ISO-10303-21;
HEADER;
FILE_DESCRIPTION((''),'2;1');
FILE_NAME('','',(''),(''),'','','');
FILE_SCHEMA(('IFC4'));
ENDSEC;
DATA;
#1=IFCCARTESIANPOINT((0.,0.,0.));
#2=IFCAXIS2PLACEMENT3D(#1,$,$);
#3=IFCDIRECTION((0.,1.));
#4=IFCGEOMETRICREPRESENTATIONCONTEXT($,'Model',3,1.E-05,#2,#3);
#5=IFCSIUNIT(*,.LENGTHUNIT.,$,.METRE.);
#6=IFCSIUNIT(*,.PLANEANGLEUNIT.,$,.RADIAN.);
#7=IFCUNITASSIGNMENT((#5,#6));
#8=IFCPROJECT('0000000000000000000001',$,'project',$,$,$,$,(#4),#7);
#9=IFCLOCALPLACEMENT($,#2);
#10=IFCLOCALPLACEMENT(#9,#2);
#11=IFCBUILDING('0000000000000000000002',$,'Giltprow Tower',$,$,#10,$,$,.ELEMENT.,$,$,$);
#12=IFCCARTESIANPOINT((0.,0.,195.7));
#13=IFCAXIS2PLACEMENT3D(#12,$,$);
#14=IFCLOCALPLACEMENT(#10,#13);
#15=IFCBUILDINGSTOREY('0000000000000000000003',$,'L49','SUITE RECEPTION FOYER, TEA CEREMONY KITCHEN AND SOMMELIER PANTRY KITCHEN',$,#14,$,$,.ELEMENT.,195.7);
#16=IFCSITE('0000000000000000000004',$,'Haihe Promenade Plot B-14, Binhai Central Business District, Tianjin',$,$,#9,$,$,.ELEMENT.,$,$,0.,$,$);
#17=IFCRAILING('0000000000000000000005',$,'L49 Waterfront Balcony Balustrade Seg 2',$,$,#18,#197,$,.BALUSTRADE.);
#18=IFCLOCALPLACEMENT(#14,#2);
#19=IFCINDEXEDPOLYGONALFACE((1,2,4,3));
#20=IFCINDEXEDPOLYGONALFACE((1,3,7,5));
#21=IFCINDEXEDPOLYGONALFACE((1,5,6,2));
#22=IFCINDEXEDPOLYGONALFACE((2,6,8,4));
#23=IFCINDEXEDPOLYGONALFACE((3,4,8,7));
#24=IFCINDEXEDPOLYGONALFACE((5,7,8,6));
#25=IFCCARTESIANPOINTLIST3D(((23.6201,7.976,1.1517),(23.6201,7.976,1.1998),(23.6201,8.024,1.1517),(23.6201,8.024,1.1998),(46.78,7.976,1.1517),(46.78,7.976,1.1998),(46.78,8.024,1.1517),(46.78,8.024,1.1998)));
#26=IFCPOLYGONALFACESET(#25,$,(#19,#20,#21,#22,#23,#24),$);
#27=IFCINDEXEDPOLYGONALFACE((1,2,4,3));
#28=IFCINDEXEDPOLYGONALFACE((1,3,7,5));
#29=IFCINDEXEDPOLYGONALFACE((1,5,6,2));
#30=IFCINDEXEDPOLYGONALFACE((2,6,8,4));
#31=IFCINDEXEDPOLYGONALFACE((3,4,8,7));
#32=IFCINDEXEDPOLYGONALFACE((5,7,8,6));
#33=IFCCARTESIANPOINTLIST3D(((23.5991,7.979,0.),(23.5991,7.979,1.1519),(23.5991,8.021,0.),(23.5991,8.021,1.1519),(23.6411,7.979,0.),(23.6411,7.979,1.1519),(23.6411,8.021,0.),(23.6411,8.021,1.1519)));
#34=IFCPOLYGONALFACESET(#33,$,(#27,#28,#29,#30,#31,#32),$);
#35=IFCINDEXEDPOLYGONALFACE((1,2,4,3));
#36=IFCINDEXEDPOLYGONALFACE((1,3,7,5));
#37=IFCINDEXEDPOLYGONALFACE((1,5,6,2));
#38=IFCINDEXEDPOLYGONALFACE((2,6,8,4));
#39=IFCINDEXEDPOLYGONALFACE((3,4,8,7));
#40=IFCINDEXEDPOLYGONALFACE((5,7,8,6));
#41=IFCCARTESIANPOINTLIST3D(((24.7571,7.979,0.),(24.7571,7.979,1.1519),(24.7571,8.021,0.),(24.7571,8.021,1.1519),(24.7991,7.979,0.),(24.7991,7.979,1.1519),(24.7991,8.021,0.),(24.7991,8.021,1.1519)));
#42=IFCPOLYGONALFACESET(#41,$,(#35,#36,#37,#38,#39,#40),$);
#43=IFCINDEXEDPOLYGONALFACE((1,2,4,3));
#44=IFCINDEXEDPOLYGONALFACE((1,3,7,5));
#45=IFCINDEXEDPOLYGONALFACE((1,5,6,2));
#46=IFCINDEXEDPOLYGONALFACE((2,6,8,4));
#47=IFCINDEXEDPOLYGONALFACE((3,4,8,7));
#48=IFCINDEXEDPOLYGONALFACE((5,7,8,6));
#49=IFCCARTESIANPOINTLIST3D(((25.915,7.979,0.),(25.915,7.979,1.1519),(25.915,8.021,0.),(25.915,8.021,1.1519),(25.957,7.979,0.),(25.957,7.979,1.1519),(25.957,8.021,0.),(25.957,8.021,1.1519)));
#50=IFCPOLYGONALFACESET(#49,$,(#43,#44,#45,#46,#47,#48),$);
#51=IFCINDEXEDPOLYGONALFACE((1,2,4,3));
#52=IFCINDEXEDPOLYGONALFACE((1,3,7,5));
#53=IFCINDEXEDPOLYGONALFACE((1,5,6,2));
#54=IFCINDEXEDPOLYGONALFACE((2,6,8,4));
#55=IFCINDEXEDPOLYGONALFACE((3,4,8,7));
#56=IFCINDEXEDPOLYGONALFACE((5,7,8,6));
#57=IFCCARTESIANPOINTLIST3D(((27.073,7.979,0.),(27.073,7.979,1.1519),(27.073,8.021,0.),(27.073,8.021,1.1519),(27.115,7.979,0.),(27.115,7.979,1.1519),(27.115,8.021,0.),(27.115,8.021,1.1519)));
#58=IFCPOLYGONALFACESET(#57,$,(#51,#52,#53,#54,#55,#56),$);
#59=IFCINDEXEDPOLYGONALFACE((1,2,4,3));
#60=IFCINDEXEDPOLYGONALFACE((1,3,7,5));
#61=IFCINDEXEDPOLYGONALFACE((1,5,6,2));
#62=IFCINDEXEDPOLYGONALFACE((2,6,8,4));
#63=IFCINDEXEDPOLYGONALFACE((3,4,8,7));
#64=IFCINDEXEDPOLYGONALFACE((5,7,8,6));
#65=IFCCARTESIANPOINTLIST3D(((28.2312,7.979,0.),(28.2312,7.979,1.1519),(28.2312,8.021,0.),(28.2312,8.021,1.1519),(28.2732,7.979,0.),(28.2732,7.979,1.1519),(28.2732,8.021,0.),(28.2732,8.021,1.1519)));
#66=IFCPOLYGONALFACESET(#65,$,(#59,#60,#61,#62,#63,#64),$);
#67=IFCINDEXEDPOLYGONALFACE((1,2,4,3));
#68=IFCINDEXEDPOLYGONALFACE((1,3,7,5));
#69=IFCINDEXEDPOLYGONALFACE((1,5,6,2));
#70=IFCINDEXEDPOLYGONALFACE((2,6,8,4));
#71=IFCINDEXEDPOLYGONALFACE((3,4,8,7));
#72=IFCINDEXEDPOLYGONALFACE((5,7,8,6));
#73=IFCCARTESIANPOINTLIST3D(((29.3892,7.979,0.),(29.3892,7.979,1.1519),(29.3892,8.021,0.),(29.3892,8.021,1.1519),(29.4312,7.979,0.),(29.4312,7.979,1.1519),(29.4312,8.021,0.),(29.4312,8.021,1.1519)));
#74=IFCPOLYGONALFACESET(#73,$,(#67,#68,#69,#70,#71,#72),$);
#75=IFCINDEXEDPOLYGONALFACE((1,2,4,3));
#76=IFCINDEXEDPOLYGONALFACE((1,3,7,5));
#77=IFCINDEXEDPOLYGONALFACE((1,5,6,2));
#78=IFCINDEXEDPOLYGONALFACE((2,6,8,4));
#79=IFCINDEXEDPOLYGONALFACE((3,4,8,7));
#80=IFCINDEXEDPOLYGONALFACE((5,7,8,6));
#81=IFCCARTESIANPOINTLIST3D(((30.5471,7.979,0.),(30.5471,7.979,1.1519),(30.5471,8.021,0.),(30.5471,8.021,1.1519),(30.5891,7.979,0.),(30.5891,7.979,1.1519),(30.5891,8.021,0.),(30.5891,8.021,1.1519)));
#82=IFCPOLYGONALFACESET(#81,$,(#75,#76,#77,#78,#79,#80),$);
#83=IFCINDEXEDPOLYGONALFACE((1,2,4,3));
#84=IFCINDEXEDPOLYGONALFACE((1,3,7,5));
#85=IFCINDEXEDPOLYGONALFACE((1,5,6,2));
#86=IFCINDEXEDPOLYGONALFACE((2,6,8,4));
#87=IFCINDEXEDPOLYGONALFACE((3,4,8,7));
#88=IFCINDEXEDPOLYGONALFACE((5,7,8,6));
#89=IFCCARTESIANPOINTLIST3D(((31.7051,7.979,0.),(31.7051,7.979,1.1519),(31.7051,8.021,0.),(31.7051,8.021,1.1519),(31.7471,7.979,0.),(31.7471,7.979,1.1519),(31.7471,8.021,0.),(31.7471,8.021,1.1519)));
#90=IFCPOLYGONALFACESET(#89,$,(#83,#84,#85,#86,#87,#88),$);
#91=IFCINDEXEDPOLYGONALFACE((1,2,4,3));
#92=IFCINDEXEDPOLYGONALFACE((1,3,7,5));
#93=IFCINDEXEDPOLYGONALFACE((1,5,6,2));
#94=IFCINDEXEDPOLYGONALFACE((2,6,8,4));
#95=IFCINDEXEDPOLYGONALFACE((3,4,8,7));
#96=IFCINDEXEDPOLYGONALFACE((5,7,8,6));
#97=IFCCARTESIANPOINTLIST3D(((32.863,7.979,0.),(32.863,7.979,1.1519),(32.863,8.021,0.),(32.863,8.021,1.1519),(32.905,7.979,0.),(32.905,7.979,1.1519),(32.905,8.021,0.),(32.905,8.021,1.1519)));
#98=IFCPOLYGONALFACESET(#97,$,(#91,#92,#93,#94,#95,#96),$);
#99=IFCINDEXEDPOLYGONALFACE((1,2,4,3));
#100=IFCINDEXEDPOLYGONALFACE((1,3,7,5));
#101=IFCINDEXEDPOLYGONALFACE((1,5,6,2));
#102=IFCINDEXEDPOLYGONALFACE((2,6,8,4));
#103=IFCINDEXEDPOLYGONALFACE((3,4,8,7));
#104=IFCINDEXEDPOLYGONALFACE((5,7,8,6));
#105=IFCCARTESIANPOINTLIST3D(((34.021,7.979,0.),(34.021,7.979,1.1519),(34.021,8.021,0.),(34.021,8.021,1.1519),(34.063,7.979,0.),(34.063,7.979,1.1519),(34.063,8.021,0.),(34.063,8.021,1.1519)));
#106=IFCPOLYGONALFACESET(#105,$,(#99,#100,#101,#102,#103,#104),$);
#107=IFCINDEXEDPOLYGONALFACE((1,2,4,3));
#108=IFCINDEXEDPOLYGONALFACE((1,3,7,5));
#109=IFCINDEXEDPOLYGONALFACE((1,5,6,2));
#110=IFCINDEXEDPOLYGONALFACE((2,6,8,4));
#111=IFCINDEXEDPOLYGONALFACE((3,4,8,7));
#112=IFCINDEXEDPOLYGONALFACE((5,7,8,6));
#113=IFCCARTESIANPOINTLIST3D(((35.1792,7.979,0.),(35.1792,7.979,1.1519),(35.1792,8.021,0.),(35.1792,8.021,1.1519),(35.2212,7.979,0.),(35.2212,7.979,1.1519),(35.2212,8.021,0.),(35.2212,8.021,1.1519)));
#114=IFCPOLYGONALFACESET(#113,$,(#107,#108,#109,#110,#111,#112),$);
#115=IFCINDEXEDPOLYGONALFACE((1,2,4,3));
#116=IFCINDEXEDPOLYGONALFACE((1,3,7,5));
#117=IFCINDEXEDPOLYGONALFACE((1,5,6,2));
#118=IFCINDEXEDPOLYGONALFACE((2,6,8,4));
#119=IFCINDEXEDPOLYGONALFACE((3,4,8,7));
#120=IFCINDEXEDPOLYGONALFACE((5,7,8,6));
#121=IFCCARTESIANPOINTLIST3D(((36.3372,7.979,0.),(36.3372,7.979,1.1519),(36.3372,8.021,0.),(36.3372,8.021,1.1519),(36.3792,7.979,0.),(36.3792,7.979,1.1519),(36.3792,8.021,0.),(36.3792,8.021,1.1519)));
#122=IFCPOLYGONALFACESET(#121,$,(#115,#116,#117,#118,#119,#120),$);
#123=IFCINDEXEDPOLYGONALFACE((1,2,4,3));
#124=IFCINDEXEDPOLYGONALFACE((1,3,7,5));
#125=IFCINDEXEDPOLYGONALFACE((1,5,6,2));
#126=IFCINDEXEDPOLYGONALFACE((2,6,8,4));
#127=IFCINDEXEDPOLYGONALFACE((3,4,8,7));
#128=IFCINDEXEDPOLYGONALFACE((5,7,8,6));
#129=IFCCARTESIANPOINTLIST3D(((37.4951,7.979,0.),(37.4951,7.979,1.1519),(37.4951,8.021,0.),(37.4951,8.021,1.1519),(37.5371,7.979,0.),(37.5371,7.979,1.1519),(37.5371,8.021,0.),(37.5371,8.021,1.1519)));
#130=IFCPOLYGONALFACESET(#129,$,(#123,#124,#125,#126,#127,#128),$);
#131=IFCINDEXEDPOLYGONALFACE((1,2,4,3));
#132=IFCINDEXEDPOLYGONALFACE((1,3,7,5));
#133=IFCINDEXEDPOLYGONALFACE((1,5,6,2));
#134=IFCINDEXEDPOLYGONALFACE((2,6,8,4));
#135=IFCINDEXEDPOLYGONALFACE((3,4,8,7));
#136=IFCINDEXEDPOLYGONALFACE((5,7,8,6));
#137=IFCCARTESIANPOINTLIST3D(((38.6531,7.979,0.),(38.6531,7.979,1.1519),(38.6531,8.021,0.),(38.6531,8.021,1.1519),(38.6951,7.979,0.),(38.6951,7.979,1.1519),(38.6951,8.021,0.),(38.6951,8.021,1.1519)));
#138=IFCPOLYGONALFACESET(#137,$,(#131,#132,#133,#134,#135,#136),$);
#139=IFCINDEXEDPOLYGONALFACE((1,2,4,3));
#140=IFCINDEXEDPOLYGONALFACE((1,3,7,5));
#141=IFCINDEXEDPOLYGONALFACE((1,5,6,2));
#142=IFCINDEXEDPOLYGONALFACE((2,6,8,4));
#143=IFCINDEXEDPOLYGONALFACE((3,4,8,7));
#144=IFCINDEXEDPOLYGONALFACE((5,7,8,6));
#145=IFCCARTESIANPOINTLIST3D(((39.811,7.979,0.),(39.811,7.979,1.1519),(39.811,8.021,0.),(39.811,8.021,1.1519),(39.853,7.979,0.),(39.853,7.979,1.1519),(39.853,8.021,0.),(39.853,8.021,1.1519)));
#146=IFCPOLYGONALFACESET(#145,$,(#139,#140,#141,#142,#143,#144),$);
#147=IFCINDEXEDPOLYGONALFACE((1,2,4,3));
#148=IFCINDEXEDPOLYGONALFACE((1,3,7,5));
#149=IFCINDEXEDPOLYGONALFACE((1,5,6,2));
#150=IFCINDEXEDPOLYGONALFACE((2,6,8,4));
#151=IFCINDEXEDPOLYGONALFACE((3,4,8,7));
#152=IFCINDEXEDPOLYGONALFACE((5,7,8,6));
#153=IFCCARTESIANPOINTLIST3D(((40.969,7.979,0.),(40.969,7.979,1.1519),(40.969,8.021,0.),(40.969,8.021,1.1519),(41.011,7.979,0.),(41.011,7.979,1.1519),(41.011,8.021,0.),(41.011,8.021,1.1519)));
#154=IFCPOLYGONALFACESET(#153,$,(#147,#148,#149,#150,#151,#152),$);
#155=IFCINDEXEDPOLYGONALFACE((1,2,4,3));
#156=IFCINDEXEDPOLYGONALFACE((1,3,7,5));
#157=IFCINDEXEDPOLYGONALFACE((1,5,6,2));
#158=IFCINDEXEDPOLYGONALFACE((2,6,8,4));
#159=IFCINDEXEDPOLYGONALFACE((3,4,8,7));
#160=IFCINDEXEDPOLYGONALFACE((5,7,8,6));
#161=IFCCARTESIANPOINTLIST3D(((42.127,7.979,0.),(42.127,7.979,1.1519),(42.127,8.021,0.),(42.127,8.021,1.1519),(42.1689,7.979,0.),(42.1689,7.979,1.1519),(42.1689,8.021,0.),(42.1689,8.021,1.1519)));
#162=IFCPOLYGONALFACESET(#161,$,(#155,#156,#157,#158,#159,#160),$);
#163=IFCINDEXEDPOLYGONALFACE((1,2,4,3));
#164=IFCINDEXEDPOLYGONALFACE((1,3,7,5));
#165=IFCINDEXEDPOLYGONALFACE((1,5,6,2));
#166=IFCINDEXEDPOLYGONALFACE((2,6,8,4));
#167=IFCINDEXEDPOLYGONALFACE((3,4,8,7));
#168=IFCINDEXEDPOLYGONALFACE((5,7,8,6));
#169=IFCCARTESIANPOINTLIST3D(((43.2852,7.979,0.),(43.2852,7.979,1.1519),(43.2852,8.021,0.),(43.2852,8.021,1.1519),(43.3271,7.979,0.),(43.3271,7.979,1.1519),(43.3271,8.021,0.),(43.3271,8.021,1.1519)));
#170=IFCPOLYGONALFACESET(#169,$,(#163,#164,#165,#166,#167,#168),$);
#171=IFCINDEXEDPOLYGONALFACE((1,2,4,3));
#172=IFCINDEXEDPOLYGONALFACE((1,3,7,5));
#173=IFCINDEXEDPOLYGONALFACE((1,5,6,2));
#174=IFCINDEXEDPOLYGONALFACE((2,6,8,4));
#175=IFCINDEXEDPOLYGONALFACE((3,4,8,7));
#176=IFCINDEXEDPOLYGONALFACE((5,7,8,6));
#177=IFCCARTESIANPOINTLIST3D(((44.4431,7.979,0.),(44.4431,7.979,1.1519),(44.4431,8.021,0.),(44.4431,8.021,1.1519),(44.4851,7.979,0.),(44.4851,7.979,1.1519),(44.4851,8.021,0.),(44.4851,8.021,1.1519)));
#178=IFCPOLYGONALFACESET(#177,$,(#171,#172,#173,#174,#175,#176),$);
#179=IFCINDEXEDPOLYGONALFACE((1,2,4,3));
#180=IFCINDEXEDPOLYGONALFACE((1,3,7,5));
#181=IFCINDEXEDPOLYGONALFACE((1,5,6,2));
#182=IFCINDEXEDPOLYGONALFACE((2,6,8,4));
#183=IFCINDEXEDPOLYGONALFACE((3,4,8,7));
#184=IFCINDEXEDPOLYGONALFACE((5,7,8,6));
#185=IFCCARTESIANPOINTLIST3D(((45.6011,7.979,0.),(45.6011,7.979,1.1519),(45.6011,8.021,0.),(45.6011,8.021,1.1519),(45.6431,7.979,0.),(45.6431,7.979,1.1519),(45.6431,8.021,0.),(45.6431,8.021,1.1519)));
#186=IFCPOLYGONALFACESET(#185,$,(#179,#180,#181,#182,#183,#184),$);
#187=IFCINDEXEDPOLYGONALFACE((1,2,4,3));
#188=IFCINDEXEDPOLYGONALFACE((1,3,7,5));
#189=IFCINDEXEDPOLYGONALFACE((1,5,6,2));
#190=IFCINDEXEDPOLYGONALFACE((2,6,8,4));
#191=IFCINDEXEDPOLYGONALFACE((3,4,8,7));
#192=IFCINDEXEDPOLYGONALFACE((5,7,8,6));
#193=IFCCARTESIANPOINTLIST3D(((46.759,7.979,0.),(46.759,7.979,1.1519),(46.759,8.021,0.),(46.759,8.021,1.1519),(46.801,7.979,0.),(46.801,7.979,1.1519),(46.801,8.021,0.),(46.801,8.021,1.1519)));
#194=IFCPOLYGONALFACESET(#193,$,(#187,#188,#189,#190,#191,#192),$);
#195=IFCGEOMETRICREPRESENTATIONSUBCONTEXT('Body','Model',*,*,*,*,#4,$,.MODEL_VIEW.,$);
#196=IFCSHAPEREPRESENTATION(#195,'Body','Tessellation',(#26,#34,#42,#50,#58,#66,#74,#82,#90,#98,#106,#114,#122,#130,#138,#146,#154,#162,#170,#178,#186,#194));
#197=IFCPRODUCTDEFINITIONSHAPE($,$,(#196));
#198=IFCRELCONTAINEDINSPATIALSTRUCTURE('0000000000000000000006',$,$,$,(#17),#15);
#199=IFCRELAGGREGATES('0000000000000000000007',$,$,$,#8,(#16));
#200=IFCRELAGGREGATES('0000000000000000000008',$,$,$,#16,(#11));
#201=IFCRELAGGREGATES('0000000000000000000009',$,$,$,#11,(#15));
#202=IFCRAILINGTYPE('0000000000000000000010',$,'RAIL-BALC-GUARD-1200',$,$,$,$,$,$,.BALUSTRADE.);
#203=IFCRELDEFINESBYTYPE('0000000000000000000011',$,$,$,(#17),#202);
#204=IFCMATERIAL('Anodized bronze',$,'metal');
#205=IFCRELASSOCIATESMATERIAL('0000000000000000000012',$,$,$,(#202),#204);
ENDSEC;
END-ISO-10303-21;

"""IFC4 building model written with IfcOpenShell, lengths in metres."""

from ifc_helpers import new_model, si_unit, direction, frame, origin, origin_2d, place, context, subcontext, project, spatial, rectangle, extrude, material, type_object, element, save


model = new_model("IFC4")

# Units and contexts
model_context = context("Model", 3, precision=1e-05, world=origin(), true_north=direction((0.0, 1.0)))
body_context = subcontext(model_context, "Body", "Model", "MODEL_VIEW")
ifc_project = project(units=[si_unit("LENGTHUNIT", "METRE"), si_unit("PLANEANGLEUNIT", "RADIAN")], contexts=[model_context])

# Site, building, storey
site_placement = place(None, origin())
site = spatial("IfcSite", under=ifc_project, at=site_placement, Name="Haihe Promenade Plot B-14, Binhai Central Business District, Tianjin", CompositionType="ELEMENT", RefElevation=0.0)
building_placement = place(site_placement, origin())
building = spatial("IfcBuilding", under=site, at=building_placement, Name="Giltprow Tower", CompositionType="ELEMENT")
storey_placement = place(building_placement, frame((0.0, 0.0, 195.7)))
storey = spatial("IfcBuildingStorey", under=building, at=storey_placement, Name="L49", Description="SUITE RECEPTION FOYER, TEA CEREMONY KITCHEN AND SOMMELIER PANTRY KITCHEN", CompositionType="ELEMENT", Elevation=195.7)

# Railing
ifc_material_1 = material(Name="Anodized bronze", Category="metal")
railing_type = type_object("IfcRailingType", Name="RAIL-BALC-GUARD-1200", PredefinedType="BALUSTRADE", material=ifc_material_1)
railing_1_placement = place(storey_placement, frame((23.6201, 8.0, 0.0)))
element("IfcRailing", 1, at=railing_1_placement, inside=storey, type_object=railing_type, Name="L49 Waterfront Balcony Balustrade Seg 2", PredefinedType="BALUSTRADE", context=body_context, shape_type="SweptSolid", body=[
    extrude(rectangle(XDim=0.0481, YDim=0.0481, at=origin_2d()), frame((0.0, 0.0, 1.1758), z_axis=(1.0, 0.0, 0.0), x_axis=(0.0, 1.0, 0.0)), (0.0, 0.0, 1.0), 23.1599),
    extrude(rectangle(XDim=0.042, YDim=0.042, at=origin_2d()), origin(), (0.0, 0.0, 1.0), 1.1519),
    extrude(rectangle(XDim=0.042, YDim=0.042, at=origin_2d()), frame((1.158, 0.0, 0.0)), (0.0, 0.0, 1.0), 1.1519),
    extrude(rectangle(XDim=0.042, YDim=0.042, at=origin_2d()), frame((2.3159, 0.0, 0.0)), (0.0, 0.0, 1.0), 1.1519),
    extrude(rectangle(XDim=0.042, YDim=0.042, at=origin_2d()), frame((3.4739, 0.0, 0.0)), (0.0, 0.0, 1.0), 1.1519),
    extrude(rectangle(XDim=0.042, YDim=0.042, at=origin_2d()), frame((4.6321, 0.0, 0.0)), (0.0, 0.0, 1.0), 1.1519),
    extrude(rectangle(XDim=0.042, YDim=0.042, at=origin_2d()), frame((5.79, 0.0, 0.0)), (0.0, 0.0, 1.0), 1.1519),
    extrude(rectangle(XDim=0.042, YDim=0.042, at=origin_2d()), frame((6.948, 0.0, 0.0)), (0.0, 0.0, 1.0), 1.1519),
    extrude(rectangle(XDim=0.042, YDim=0.042, at=origin_2d()), frame((8.106, 0.0, 0.0)), (0.0, 0.0, 1.0), 1.1519),
    extrude(rectangle(XDim=0.042, YDim=0.042, at=origin_2d()), frame((9.2639, 0.0, 0.0)), (0.0, 0.0, 1.0), 1.1519),
    extrude(rectangle(XDim=0.042, YDim=0.042, at=origin_2d()), frame((10.4219, 0.0, 0.0)), (0.0, 0.0, 1.0), 1.1519),
    extrude(rectangle(XDim=0.042, YDim=0.042, at=origin_2d()), frame((11.5801, 0.0, 0.0)), (0.0, 0.0, 1.0), 1.1519),
    extrude(rectangle(XDim=0.042, YDim=0.042, at=origin_2d()), frame((12.738, 0.0, 0.0)), (0.0, 0.0, 1.0), 1.1519),
    extrude(rectangle(XDim=0.042, YDim=0.042, at=origin_2d()), frame((13.896, 0.0, 0.0)), (0.0, 0.0, 1.0), 1.1519),
    extrude(rectangle(XDim=0.042, YDim=0.042, at=origin_2d()), frame((15.054, 0.0, 0.0)), (0.0, 0.0, 1.0), 1.1519),
    extrude(rectangle(XDim=0.042, YDim=0.042, at=origin_2d()), frame((16.2119, 0.0, 0.0)), (0.0, 0.0, 1.0), 1.1519),
    extrude(rectangle(XDim=0.042, YDim=0.042, at=origin_2d()), frame((17.3699, 0.0, 0.0)), (0.0, 0.0, 1.0), 1.1519),
    extrude(rectangle(XDim=0.042, YDim=0.042, at=origin_2d()), frame((18.5278, 0.0, 0.0)), (0.0, 0.0, 1.0), 1.1519),
    extrude(rectangle(XDim=0.042, YDim=0.042, at=origin_2d()), frame((19.686, 0.0, 0.0)), (0.0, 0.0, 1.0), 1.1519),
    extrude(rectangle(XDim=0.042, YDim=0.042, at=origin_2d()), frame((20.844, 0.0, 0.0)), (0.0, 0.0, 1.0), 1.1519),
    extrude(rectangle(XDim=0.042, YDim=0.042, at=origin_2d()), frame((22.002, 0.0, 0.0)), (0.0, 0.0, 1.0), 1.1519),
    extrude(rectangle(XDim=0.042, YDim=0.042, at=origin_2d()), frame((23.1599, 0.0, 0.0)), (0.0, 0.0, 1.0), 1.1519),
])

save(model, "model.ifc")
